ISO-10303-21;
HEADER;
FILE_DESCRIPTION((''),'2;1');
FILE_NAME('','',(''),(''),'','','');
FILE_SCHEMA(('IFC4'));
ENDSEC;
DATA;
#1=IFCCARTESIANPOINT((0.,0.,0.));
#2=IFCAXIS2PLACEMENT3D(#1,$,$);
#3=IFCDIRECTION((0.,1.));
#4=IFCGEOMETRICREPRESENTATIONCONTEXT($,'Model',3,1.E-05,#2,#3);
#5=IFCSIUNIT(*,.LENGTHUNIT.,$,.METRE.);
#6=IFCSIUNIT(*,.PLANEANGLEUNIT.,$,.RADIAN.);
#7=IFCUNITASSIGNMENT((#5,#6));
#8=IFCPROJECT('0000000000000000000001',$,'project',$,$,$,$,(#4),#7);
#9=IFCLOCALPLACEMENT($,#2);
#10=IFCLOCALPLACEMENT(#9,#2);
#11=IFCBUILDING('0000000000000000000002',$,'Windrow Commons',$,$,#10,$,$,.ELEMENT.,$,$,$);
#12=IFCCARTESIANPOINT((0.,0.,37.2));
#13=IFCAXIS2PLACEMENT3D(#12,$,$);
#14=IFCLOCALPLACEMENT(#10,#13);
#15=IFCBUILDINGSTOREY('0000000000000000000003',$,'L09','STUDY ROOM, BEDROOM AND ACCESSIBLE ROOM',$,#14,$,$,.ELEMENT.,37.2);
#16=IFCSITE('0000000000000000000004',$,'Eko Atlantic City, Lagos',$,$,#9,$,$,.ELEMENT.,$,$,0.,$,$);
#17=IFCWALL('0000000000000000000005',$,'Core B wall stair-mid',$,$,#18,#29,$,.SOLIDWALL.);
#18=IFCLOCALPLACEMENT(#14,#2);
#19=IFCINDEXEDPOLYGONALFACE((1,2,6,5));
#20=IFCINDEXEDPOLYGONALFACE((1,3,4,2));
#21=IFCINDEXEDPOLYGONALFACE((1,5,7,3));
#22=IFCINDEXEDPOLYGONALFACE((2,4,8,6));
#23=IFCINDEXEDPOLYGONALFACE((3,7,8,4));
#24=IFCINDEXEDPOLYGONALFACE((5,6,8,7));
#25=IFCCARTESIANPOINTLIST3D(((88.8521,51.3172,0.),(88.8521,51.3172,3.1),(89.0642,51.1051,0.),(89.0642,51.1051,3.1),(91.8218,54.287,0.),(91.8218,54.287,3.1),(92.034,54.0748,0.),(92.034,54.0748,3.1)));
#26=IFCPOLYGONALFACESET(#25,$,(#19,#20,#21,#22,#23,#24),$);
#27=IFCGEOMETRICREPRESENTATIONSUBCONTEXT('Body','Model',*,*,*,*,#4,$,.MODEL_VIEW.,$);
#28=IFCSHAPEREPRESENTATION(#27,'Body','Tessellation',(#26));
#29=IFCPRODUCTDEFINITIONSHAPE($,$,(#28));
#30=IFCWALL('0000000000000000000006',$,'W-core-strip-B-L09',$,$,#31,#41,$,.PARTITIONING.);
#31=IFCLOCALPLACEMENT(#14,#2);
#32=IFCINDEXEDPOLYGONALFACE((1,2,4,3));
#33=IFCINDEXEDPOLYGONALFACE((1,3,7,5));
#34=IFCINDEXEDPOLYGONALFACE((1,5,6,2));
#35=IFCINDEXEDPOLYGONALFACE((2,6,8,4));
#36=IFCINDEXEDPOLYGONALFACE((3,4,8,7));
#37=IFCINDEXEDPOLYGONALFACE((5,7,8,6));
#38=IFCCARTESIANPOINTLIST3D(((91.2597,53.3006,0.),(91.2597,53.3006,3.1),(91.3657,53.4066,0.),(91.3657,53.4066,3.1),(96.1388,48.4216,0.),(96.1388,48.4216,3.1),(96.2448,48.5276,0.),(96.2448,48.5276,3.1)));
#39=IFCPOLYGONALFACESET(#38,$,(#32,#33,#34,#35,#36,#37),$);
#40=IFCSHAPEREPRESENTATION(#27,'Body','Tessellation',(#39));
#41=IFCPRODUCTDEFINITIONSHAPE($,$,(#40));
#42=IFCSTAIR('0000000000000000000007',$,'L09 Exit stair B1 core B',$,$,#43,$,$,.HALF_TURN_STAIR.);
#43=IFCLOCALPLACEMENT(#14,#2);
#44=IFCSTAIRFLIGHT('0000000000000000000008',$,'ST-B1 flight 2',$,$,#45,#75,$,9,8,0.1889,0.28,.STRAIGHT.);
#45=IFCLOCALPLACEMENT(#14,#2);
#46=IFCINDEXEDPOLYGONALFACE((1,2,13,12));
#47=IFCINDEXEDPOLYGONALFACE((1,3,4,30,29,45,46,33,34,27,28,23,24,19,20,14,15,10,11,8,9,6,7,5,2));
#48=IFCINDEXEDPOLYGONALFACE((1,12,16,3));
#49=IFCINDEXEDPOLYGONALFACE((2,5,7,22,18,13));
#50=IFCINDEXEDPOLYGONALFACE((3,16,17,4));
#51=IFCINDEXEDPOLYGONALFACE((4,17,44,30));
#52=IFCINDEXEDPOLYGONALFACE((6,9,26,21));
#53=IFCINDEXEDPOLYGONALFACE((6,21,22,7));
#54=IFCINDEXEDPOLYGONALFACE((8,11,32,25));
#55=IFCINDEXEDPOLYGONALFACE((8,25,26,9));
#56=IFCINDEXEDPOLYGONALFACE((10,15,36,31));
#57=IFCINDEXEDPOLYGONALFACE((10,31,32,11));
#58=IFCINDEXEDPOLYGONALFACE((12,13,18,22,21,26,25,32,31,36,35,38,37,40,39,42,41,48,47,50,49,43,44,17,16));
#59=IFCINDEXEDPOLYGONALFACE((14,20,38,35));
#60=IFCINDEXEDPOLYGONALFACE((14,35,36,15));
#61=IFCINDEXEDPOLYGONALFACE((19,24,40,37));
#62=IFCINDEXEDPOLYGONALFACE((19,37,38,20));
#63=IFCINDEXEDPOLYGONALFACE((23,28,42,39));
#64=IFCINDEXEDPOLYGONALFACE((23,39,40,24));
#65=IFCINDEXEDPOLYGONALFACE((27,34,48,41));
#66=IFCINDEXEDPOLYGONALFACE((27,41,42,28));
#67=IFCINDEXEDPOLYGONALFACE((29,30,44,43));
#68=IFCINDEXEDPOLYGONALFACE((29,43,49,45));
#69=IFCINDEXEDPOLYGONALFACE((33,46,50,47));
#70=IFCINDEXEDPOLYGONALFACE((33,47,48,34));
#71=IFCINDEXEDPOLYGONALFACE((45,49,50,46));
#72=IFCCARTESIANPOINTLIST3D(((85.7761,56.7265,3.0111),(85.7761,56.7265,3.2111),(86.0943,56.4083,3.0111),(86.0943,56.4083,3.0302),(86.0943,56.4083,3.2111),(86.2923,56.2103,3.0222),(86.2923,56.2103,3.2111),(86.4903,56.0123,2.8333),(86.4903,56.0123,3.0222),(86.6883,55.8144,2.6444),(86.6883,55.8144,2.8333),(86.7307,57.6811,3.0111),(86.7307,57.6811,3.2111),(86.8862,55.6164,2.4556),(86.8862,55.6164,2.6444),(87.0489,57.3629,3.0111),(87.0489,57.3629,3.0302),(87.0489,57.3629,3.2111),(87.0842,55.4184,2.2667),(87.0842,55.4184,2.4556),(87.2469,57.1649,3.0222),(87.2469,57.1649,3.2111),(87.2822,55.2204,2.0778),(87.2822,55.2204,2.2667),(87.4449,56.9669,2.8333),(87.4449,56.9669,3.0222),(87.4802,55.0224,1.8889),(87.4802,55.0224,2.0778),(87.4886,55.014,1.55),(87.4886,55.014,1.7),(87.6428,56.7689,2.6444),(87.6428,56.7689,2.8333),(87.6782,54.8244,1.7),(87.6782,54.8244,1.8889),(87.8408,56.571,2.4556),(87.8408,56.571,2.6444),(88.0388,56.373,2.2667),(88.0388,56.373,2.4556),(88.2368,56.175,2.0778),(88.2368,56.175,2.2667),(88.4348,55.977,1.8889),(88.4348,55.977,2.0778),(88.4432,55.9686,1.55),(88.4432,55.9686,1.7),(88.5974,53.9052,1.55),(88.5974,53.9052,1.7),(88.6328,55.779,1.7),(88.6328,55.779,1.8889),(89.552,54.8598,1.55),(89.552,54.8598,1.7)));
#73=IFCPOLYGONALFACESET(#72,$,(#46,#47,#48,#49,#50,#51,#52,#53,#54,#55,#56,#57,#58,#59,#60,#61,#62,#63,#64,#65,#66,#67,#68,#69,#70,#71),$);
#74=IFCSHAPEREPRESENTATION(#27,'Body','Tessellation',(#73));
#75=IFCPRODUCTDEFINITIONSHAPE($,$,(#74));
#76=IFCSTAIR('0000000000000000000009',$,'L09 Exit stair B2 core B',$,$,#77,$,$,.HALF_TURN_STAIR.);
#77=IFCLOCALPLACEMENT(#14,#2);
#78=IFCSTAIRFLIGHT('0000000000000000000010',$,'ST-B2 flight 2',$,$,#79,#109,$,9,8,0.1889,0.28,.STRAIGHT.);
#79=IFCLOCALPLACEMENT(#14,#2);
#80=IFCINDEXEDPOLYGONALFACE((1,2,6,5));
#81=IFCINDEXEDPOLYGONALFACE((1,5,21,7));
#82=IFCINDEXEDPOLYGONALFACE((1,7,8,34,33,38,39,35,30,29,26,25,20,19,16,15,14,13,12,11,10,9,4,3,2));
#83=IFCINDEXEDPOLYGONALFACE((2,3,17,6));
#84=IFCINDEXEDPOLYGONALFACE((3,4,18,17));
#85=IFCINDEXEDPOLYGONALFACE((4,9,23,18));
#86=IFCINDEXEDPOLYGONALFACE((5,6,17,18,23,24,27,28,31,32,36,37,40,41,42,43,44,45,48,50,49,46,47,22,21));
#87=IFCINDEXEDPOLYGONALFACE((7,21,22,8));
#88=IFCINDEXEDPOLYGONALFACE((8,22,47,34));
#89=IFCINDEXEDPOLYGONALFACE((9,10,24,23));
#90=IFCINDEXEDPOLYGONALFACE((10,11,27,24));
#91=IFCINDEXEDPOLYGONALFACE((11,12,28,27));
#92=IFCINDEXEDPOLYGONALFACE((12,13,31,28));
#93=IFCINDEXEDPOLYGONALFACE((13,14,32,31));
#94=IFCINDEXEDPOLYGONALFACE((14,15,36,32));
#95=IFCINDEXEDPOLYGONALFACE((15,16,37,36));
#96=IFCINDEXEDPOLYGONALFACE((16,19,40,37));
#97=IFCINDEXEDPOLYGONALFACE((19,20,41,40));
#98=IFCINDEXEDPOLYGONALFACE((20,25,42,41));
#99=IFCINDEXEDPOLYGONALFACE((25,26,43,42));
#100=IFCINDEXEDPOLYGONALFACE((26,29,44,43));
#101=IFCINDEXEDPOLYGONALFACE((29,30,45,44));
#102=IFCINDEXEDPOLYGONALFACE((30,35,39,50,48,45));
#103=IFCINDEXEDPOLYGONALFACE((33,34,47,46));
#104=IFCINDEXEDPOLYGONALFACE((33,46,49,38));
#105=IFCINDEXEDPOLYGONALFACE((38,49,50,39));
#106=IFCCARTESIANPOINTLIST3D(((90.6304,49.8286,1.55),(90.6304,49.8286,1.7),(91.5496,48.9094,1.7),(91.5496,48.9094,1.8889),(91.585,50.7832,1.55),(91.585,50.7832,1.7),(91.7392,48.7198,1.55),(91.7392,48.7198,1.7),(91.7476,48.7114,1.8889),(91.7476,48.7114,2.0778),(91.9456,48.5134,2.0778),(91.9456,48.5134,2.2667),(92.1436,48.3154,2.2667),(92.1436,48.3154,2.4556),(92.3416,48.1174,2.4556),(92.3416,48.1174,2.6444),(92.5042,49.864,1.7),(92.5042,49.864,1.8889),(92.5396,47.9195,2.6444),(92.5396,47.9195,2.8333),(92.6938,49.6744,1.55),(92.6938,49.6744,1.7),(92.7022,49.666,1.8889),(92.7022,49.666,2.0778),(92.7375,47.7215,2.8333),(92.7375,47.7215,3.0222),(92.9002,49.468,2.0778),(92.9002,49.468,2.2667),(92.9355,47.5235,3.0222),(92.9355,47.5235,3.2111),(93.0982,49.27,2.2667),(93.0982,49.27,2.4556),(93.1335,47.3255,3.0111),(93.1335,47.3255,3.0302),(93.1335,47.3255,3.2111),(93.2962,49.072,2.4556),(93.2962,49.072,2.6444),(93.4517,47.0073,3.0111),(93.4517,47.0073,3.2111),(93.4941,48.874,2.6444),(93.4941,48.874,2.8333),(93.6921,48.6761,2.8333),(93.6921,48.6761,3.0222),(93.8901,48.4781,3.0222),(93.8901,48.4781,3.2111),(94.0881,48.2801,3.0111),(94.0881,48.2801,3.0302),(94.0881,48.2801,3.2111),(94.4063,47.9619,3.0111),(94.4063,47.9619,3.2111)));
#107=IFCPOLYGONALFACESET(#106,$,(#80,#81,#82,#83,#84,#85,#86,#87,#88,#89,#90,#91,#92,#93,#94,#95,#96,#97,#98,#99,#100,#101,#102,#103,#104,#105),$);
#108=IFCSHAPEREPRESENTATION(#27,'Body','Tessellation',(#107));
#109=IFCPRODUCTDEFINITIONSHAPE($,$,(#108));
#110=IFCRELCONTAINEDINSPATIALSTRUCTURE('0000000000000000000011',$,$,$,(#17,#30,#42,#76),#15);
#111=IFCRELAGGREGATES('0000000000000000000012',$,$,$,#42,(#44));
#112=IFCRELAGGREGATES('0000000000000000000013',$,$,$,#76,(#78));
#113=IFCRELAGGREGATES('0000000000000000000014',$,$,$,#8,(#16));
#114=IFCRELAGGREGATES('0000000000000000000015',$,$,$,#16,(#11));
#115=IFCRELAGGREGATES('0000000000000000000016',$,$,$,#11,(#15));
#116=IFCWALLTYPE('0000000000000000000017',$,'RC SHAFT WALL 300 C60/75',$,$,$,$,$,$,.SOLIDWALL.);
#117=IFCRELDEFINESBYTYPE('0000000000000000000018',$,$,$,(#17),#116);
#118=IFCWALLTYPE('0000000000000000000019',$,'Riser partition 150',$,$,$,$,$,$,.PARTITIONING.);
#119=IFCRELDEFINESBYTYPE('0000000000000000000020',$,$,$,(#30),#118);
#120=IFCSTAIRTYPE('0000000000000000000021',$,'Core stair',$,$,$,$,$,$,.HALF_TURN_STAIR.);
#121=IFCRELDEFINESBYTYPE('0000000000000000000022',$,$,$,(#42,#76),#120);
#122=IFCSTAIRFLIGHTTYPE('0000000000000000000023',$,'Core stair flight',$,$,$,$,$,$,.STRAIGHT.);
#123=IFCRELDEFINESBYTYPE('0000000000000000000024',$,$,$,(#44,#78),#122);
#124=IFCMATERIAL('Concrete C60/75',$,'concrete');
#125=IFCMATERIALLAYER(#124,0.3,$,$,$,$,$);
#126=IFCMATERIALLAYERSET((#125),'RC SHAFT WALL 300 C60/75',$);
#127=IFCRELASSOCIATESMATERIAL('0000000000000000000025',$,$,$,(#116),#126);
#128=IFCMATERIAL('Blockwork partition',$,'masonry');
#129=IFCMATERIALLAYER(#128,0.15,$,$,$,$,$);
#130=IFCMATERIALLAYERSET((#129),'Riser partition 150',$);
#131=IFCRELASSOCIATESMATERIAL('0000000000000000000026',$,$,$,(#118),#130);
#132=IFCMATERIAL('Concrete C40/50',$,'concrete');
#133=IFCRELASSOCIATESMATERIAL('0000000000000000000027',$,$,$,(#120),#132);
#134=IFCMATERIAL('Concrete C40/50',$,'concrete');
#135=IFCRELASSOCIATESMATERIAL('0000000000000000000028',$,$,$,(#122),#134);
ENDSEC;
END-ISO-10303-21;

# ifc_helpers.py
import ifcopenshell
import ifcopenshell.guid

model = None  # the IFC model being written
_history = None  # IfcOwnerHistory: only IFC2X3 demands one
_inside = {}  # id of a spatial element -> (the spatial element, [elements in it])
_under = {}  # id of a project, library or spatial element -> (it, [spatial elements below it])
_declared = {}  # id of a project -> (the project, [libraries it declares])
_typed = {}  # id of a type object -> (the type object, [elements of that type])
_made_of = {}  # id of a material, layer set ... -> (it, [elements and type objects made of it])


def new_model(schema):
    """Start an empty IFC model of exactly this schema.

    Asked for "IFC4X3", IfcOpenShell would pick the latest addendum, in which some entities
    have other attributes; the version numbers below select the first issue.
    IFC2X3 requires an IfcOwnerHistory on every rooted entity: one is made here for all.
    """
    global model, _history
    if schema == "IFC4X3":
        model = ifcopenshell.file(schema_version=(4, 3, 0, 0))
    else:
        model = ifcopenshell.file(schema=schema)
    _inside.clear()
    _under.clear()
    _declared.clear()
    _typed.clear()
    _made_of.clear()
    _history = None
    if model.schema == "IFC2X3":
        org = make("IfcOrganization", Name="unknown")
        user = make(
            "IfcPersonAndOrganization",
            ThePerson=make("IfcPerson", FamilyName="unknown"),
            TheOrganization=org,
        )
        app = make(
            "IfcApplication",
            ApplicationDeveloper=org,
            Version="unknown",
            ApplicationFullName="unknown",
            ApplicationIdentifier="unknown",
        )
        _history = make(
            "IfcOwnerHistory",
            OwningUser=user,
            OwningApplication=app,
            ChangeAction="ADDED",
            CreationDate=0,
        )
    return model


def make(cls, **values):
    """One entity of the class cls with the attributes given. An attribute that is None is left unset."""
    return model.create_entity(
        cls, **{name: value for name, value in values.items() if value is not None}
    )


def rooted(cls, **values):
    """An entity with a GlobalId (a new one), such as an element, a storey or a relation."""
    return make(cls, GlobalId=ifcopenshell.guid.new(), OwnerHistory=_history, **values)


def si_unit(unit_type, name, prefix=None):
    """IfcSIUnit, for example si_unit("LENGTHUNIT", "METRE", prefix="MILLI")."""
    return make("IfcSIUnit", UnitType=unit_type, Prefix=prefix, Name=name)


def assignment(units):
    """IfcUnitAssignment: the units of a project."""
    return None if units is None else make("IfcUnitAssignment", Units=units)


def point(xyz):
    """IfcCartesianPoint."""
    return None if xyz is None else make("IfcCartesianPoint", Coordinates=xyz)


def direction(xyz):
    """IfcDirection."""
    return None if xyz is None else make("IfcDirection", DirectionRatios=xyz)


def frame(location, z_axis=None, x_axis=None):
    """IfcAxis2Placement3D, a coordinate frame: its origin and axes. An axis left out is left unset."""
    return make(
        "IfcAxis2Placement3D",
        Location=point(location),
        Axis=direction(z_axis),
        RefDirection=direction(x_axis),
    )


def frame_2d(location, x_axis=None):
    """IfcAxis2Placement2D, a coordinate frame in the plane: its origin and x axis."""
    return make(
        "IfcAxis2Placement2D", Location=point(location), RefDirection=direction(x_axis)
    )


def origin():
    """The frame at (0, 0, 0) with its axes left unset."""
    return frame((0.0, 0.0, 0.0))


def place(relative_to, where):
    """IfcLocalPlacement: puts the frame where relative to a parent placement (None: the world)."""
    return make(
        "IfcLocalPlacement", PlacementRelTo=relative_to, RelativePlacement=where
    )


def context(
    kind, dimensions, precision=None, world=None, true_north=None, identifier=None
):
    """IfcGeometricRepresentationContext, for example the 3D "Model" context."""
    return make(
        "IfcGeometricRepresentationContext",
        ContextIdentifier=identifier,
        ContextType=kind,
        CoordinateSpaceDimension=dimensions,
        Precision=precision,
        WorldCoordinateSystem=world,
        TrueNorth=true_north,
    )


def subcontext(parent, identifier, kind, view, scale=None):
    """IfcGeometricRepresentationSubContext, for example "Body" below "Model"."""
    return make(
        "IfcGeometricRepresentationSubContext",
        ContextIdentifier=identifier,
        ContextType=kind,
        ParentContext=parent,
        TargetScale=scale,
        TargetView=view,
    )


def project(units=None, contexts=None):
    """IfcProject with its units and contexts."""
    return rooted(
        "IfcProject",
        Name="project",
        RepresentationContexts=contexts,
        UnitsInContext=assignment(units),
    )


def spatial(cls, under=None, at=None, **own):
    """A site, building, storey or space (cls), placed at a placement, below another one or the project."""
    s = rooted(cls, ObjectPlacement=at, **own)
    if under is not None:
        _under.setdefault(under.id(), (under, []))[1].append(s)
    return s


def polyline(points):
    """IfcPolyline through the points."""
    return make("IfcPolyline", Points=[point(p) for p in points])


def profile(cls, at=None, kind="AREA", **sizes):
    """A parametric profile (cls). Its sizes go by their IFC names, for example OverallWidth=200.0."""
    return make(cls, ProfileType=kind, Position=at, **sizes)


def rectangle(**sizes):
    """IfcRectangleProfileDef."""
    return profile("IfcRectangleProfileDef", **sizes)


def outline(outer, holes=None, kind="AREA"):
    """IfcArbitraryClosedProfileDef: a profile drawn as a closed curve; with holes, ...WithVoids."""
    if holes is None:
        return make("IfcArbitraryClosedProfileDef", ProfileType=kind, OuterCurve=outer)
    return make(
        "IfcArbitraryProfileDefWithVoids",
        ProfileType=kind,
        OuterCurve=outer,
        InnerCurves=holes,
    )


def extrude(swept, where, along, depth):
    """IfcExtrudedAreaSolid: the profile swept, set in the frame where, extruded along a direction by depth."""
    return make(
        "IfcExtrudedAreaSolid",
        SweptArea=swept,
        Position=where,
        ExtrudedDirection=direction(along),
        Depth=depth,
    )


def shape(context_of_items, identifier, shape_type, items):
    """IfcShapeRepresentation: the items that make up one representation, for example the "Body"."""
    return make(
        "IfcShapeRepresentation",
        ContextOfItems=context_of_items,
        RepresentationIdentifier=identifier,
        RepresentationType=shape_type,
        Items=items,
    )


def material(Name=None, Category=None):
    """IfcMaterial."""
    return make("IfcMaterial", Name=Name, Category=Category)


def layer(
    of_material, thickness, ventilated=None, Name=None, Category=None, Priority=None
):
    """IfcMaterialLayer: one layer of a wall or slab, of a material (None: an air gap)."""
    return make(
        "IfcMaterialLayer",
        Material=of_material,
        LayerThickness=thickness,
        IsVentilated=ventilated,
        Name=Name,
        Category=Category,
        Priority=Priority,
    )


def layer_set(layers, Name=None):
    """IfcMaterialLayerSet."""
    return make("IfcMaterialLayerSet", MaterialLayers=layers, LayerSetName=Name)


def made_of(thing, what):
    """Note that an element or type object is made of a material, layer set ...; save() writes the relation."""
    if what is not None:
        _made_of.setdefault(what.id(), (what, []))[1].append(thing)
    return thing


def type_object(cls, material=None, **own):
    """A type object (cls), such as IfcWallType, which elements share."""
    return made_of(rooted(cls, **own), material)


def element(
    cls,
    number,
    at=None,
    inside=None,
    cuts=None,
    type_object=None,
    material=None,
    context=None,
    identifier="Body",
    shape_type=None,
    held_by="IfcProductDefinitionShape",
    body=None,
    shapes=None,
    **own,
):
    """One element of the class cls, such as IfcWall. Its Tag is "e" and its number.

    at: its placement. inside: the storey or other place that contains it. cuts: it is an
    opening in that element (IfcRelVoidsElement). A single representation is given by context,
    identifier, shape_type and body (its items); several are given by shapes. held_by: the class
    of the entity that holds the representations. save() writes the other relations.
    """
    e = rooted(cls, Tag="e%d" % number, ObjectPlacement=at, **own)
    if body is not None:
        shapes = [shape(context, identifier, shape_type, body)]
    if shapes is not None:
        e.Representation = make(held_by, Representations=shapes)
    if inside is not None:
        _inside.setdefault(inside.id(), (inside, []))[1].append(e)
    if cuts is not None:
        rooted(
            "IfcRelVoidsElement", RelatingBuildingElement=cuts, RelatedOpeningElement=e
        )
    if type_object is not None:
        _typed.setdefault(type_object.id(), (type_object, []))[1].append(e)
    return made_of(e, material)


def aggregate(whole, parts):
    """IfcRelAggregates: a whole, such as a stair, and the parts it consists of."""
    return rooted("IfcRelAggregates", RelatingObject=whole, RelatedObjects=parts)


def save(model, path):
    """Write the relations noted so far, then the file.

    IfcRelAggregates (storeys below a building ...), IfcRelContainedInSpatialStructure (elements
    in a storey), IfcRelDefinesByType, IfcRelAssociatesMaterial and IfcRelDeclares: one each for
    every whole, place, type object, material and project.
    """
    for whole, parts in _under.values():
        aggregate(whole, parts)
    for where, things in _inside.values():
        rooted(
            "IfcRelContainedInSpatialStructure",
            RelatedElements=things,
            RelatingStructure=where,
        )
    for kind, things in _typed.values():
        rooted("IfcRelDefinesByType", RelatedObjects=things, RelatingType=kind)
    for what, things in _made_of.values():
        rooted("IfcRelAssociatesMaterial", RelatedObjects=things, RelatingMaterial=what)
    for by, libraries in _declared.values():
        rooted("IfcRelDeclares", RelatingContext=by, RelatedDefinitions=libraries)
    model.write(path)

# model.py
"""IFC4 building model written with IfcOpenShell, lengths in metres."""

from ifc_helpers import new_model, si_unit, direction, frame, frame_2d, origin, place, context, subcontext, project, spatial, polyline, rectangle, outline, extrude, material, layer, layer_set, type_object, element, aggregate, save


model = new_model("IFC4")

# Units and contexts
model_context = context("Model", 3, precision=1e-05, world=origin(), true_north=direction((0.0, 1.0)))
body_context = subcontext(model_context, "Body", "Model", "MODEL_VIEW")
ifc_project = project(units=[si_unit("LENGTHUNIT", "METRE"), si_unit("PLANEANGLEUNIT", "RADIAN")], contexts=[model_context])

# Site, building, storey
site_placement = place(None, origin())
site = spatial("IfcSite", under=ifc_project, at=site_placement, Name="Eko Atlantic City, Lagos", CompositionType="ELEMENT", RefElevation=0.0)
building_placement = place(site_placement, origin())
building = spatial("IfcBuilding", under=site, at=building_placement, Name="Windrow Commons", CompositionType="ELEMENT")
storey_placement = place(building_placement, frame((0.0, 0.0, 37.2)))
storey = spatial("IfcBuildingStorey", under=building, at=storey_placement, Name="L09", Description="STUDY ROOM, BEDROOM AND ACCESSIBLE ROOM", CompositionType="ELEMENT", Elevation=37.2)

# Walls
ifc_material_1 = material(Name="Concrete C60/75", Category="concrete")
ifc_layer_1 = layer(ifc_material_1, 0.3)
ifc_layer_set_1 = layer_set([ifc_layer_1], Name="RC SHAFT WALL 300 C60/75")
wall_type_1 = type_object("IfcWallType", Name="RC SHAFT WALL 300 C60/75", PredefinedType="SOLIDWALL", material=ifc_layer_set_1)
wall_1_placement = place(storey_placement, frame((88.9581, 51.2111, 0.0), z_axis=(0.0, 0.0, 1.0), x_axis=(0.707107, 0.707107, 0.0)))
element("IfcWall", 1, at=wall_1_placement, inside=storey, type_object=wall_type_1, Name="Core B wall stair-mid", PredefinedType="SOLIDWALL", context=body_context, shape_type="SweptSolid", body=[
    extrude(rectangle(XDim=4.1999, YDim=0.3, at=frame_2d((2.1, 0.0))), origin(), (0.0, 0.0, 1.0), 3.1),
])
ifc_material_2 = material(Name="Blockwork partition", Category="masonry")
ifc_layer_2 = layer(ifc_material_2, 0.15)
ifc_layer_set_2 = layer_set([ifc_layer_2], Name="Riser partition 150")
wall_type_2 = type_object("IfcWallType", Name="Riser partition 150", PredefinedType="PARTITIONING", material=ifc_layer_set_2)
wall_2_placement = place(storey_placement, frame((91.3127, 53.3536, 0.0), z_axis=(0.0, 0.0, 1.0), x_axis=(0.707114, -0.7071, 0.0)))
element("IfcWall", 2, at=wall_2_placement, inside=storey, type_object=wall_type_2, Name="W-core-strip-B-L09", PredefinedType="PARTITIONING", context=body_context, shape_type="SweptSolid", body=[
    extrude(rectangle(XDim=6.9, YDim=0.15, at=frame_2d((3.45, 0.0))), origin(), (0.0, 0.0, 1.0), 3.1),
])

# Stairs, stair flights
ifc_material_3 = material(Name="Concrete C40/50", Category="concrete")
stair_type = type_object("IfcStairType", Name="Core stair", PredefinedType="HALF_TURN_STAIR", material=ifc_material_3)
placement = place(storey_placement, origin())
stair_1 = element("IfcStair", 3, at=placement, inside=storey, type_object=stair_type, Name="L09 Exit stair B1 core B", PredefinedType="HALF_TURN_STAIR")
ifc_material_4 = material(Name="Concrete C40/50", Category="concrete")
stair_flight_type = type_object("IfcStairFlightType", Name="Core stair flight", PredefinedType="STRAIGHT", material=ifc_material_4)
stair_flight_1_placement = place(storey_placement, frame((88.1555, 55.3017, 1.7), z_axis=(0.0, 0.0, 1.0), x_axis=(-0.707107, 0.707107, 0.0)))
stair_flight_1 = element("IfcStairFlight", 4, at=stair_flight_1_placement, type_object=stair_flight_type, Name="ST-B1 flight 2", NumberOfRisers=9, NumberOfTreads=8, PredefinedType="STRAIGHT", RiserHeight=0.1889, TreadLength=0.28, context=body_context, shape_type="SweptSolid", body=[
    extrude(outline(polyline([(-1.3, -0.15), (-1.3, 0.0), (0.0, 0.0), (0.0, 0.1889), (0.28, 0.1889), (0.28, 0.3778), (0.56, 0.3778), (0.56, 0.5667), (0.84, 0.5667), (0.84, 0.7556), (1.12, 0.7556), (1.12, 0.9444), (1.4, 0.9444), (1.4, 1.1333), (1.68, 1.1333), (1.68, 1.3222), (1.96, 1.3222), (1.96, 1.5111), (2.24, 1.5111), (2.69, 1.5111), (2.69, 1.3111), (2.24, 1.3111), (2.24, 1.3302), (0.2682, 0.0), (0.2682, -0.15), (-1.3, -0.15)])), frame((0.0, 0.675, 0.0), z_axis=(0.0, -1.0, 0.0), x_axis=(1.0, 0.0, 0.0)), (0.0, 0.0, 1.0), 1.35),
])
aggregate(stair_1, [stair_flight_1])
stair_2 = element("IfcStair", 5, at=placement, inside=storey, type_object=stair_type, Name="L09 Exit stair B2 core B", PredefinedType="HALF_TURN_STAIR")
stair_flight_2_placement = place(storey_placement, frame((92.0269, 49.3867, 1.7), z_axis=(0.0, 0.0, 1.0), x_axis=(0.707107, -0.707107, 0.0)))
stair_flight_2 = element("IfcStairFlight", 6, at=stair_flight_2_placement, type_object=stair_flight_type, Name="ST-B2 flight 2", NumberOfRisers=9, NumberOfTreads=8, PredefinedType="STRAIGHT", RiserHeight=0.1889, TreadLength=0.28, context=body_context, shape_type="SweptSolid", body=[
    extrude(outline(polyline([(-1.3, -0.15), (-1.3, 0.0), (0.0, 0.0), (0.0, 0.1889), (0.28, 0.1889), (0.28, 0.3778), (0.56, 0.3778), (0.56, 0.5667), (0.84, 0.5667), (0.84, 0.7556), (1.12, 0.7556), (1.12, 0.9444), (1.4, 0.9444), (1.4, 1.1333), (1.68, 1.1333), (1.68, 1.3222), (1.96, 1.3222), (1.96, 1.5111), (2.24, 1.5111), (2.69, 1.5111), (2.69, 1.3111), (2.24, 1.3111), (2.24, 1.3302), (0.2682, 0.0), (0.2682, -0.15), (-1.3, -0.15)])), frame((0.0, 0.675, 0.0), z_axis=(0.0, -1.0, 0.0), x_axis=(1.0, 0.0, 0.0)), (0.0, 0.0, 1.0), 1.35),
])
aggregate(stair_2, [stair_flight_2])

save(model, "model.ifc")
